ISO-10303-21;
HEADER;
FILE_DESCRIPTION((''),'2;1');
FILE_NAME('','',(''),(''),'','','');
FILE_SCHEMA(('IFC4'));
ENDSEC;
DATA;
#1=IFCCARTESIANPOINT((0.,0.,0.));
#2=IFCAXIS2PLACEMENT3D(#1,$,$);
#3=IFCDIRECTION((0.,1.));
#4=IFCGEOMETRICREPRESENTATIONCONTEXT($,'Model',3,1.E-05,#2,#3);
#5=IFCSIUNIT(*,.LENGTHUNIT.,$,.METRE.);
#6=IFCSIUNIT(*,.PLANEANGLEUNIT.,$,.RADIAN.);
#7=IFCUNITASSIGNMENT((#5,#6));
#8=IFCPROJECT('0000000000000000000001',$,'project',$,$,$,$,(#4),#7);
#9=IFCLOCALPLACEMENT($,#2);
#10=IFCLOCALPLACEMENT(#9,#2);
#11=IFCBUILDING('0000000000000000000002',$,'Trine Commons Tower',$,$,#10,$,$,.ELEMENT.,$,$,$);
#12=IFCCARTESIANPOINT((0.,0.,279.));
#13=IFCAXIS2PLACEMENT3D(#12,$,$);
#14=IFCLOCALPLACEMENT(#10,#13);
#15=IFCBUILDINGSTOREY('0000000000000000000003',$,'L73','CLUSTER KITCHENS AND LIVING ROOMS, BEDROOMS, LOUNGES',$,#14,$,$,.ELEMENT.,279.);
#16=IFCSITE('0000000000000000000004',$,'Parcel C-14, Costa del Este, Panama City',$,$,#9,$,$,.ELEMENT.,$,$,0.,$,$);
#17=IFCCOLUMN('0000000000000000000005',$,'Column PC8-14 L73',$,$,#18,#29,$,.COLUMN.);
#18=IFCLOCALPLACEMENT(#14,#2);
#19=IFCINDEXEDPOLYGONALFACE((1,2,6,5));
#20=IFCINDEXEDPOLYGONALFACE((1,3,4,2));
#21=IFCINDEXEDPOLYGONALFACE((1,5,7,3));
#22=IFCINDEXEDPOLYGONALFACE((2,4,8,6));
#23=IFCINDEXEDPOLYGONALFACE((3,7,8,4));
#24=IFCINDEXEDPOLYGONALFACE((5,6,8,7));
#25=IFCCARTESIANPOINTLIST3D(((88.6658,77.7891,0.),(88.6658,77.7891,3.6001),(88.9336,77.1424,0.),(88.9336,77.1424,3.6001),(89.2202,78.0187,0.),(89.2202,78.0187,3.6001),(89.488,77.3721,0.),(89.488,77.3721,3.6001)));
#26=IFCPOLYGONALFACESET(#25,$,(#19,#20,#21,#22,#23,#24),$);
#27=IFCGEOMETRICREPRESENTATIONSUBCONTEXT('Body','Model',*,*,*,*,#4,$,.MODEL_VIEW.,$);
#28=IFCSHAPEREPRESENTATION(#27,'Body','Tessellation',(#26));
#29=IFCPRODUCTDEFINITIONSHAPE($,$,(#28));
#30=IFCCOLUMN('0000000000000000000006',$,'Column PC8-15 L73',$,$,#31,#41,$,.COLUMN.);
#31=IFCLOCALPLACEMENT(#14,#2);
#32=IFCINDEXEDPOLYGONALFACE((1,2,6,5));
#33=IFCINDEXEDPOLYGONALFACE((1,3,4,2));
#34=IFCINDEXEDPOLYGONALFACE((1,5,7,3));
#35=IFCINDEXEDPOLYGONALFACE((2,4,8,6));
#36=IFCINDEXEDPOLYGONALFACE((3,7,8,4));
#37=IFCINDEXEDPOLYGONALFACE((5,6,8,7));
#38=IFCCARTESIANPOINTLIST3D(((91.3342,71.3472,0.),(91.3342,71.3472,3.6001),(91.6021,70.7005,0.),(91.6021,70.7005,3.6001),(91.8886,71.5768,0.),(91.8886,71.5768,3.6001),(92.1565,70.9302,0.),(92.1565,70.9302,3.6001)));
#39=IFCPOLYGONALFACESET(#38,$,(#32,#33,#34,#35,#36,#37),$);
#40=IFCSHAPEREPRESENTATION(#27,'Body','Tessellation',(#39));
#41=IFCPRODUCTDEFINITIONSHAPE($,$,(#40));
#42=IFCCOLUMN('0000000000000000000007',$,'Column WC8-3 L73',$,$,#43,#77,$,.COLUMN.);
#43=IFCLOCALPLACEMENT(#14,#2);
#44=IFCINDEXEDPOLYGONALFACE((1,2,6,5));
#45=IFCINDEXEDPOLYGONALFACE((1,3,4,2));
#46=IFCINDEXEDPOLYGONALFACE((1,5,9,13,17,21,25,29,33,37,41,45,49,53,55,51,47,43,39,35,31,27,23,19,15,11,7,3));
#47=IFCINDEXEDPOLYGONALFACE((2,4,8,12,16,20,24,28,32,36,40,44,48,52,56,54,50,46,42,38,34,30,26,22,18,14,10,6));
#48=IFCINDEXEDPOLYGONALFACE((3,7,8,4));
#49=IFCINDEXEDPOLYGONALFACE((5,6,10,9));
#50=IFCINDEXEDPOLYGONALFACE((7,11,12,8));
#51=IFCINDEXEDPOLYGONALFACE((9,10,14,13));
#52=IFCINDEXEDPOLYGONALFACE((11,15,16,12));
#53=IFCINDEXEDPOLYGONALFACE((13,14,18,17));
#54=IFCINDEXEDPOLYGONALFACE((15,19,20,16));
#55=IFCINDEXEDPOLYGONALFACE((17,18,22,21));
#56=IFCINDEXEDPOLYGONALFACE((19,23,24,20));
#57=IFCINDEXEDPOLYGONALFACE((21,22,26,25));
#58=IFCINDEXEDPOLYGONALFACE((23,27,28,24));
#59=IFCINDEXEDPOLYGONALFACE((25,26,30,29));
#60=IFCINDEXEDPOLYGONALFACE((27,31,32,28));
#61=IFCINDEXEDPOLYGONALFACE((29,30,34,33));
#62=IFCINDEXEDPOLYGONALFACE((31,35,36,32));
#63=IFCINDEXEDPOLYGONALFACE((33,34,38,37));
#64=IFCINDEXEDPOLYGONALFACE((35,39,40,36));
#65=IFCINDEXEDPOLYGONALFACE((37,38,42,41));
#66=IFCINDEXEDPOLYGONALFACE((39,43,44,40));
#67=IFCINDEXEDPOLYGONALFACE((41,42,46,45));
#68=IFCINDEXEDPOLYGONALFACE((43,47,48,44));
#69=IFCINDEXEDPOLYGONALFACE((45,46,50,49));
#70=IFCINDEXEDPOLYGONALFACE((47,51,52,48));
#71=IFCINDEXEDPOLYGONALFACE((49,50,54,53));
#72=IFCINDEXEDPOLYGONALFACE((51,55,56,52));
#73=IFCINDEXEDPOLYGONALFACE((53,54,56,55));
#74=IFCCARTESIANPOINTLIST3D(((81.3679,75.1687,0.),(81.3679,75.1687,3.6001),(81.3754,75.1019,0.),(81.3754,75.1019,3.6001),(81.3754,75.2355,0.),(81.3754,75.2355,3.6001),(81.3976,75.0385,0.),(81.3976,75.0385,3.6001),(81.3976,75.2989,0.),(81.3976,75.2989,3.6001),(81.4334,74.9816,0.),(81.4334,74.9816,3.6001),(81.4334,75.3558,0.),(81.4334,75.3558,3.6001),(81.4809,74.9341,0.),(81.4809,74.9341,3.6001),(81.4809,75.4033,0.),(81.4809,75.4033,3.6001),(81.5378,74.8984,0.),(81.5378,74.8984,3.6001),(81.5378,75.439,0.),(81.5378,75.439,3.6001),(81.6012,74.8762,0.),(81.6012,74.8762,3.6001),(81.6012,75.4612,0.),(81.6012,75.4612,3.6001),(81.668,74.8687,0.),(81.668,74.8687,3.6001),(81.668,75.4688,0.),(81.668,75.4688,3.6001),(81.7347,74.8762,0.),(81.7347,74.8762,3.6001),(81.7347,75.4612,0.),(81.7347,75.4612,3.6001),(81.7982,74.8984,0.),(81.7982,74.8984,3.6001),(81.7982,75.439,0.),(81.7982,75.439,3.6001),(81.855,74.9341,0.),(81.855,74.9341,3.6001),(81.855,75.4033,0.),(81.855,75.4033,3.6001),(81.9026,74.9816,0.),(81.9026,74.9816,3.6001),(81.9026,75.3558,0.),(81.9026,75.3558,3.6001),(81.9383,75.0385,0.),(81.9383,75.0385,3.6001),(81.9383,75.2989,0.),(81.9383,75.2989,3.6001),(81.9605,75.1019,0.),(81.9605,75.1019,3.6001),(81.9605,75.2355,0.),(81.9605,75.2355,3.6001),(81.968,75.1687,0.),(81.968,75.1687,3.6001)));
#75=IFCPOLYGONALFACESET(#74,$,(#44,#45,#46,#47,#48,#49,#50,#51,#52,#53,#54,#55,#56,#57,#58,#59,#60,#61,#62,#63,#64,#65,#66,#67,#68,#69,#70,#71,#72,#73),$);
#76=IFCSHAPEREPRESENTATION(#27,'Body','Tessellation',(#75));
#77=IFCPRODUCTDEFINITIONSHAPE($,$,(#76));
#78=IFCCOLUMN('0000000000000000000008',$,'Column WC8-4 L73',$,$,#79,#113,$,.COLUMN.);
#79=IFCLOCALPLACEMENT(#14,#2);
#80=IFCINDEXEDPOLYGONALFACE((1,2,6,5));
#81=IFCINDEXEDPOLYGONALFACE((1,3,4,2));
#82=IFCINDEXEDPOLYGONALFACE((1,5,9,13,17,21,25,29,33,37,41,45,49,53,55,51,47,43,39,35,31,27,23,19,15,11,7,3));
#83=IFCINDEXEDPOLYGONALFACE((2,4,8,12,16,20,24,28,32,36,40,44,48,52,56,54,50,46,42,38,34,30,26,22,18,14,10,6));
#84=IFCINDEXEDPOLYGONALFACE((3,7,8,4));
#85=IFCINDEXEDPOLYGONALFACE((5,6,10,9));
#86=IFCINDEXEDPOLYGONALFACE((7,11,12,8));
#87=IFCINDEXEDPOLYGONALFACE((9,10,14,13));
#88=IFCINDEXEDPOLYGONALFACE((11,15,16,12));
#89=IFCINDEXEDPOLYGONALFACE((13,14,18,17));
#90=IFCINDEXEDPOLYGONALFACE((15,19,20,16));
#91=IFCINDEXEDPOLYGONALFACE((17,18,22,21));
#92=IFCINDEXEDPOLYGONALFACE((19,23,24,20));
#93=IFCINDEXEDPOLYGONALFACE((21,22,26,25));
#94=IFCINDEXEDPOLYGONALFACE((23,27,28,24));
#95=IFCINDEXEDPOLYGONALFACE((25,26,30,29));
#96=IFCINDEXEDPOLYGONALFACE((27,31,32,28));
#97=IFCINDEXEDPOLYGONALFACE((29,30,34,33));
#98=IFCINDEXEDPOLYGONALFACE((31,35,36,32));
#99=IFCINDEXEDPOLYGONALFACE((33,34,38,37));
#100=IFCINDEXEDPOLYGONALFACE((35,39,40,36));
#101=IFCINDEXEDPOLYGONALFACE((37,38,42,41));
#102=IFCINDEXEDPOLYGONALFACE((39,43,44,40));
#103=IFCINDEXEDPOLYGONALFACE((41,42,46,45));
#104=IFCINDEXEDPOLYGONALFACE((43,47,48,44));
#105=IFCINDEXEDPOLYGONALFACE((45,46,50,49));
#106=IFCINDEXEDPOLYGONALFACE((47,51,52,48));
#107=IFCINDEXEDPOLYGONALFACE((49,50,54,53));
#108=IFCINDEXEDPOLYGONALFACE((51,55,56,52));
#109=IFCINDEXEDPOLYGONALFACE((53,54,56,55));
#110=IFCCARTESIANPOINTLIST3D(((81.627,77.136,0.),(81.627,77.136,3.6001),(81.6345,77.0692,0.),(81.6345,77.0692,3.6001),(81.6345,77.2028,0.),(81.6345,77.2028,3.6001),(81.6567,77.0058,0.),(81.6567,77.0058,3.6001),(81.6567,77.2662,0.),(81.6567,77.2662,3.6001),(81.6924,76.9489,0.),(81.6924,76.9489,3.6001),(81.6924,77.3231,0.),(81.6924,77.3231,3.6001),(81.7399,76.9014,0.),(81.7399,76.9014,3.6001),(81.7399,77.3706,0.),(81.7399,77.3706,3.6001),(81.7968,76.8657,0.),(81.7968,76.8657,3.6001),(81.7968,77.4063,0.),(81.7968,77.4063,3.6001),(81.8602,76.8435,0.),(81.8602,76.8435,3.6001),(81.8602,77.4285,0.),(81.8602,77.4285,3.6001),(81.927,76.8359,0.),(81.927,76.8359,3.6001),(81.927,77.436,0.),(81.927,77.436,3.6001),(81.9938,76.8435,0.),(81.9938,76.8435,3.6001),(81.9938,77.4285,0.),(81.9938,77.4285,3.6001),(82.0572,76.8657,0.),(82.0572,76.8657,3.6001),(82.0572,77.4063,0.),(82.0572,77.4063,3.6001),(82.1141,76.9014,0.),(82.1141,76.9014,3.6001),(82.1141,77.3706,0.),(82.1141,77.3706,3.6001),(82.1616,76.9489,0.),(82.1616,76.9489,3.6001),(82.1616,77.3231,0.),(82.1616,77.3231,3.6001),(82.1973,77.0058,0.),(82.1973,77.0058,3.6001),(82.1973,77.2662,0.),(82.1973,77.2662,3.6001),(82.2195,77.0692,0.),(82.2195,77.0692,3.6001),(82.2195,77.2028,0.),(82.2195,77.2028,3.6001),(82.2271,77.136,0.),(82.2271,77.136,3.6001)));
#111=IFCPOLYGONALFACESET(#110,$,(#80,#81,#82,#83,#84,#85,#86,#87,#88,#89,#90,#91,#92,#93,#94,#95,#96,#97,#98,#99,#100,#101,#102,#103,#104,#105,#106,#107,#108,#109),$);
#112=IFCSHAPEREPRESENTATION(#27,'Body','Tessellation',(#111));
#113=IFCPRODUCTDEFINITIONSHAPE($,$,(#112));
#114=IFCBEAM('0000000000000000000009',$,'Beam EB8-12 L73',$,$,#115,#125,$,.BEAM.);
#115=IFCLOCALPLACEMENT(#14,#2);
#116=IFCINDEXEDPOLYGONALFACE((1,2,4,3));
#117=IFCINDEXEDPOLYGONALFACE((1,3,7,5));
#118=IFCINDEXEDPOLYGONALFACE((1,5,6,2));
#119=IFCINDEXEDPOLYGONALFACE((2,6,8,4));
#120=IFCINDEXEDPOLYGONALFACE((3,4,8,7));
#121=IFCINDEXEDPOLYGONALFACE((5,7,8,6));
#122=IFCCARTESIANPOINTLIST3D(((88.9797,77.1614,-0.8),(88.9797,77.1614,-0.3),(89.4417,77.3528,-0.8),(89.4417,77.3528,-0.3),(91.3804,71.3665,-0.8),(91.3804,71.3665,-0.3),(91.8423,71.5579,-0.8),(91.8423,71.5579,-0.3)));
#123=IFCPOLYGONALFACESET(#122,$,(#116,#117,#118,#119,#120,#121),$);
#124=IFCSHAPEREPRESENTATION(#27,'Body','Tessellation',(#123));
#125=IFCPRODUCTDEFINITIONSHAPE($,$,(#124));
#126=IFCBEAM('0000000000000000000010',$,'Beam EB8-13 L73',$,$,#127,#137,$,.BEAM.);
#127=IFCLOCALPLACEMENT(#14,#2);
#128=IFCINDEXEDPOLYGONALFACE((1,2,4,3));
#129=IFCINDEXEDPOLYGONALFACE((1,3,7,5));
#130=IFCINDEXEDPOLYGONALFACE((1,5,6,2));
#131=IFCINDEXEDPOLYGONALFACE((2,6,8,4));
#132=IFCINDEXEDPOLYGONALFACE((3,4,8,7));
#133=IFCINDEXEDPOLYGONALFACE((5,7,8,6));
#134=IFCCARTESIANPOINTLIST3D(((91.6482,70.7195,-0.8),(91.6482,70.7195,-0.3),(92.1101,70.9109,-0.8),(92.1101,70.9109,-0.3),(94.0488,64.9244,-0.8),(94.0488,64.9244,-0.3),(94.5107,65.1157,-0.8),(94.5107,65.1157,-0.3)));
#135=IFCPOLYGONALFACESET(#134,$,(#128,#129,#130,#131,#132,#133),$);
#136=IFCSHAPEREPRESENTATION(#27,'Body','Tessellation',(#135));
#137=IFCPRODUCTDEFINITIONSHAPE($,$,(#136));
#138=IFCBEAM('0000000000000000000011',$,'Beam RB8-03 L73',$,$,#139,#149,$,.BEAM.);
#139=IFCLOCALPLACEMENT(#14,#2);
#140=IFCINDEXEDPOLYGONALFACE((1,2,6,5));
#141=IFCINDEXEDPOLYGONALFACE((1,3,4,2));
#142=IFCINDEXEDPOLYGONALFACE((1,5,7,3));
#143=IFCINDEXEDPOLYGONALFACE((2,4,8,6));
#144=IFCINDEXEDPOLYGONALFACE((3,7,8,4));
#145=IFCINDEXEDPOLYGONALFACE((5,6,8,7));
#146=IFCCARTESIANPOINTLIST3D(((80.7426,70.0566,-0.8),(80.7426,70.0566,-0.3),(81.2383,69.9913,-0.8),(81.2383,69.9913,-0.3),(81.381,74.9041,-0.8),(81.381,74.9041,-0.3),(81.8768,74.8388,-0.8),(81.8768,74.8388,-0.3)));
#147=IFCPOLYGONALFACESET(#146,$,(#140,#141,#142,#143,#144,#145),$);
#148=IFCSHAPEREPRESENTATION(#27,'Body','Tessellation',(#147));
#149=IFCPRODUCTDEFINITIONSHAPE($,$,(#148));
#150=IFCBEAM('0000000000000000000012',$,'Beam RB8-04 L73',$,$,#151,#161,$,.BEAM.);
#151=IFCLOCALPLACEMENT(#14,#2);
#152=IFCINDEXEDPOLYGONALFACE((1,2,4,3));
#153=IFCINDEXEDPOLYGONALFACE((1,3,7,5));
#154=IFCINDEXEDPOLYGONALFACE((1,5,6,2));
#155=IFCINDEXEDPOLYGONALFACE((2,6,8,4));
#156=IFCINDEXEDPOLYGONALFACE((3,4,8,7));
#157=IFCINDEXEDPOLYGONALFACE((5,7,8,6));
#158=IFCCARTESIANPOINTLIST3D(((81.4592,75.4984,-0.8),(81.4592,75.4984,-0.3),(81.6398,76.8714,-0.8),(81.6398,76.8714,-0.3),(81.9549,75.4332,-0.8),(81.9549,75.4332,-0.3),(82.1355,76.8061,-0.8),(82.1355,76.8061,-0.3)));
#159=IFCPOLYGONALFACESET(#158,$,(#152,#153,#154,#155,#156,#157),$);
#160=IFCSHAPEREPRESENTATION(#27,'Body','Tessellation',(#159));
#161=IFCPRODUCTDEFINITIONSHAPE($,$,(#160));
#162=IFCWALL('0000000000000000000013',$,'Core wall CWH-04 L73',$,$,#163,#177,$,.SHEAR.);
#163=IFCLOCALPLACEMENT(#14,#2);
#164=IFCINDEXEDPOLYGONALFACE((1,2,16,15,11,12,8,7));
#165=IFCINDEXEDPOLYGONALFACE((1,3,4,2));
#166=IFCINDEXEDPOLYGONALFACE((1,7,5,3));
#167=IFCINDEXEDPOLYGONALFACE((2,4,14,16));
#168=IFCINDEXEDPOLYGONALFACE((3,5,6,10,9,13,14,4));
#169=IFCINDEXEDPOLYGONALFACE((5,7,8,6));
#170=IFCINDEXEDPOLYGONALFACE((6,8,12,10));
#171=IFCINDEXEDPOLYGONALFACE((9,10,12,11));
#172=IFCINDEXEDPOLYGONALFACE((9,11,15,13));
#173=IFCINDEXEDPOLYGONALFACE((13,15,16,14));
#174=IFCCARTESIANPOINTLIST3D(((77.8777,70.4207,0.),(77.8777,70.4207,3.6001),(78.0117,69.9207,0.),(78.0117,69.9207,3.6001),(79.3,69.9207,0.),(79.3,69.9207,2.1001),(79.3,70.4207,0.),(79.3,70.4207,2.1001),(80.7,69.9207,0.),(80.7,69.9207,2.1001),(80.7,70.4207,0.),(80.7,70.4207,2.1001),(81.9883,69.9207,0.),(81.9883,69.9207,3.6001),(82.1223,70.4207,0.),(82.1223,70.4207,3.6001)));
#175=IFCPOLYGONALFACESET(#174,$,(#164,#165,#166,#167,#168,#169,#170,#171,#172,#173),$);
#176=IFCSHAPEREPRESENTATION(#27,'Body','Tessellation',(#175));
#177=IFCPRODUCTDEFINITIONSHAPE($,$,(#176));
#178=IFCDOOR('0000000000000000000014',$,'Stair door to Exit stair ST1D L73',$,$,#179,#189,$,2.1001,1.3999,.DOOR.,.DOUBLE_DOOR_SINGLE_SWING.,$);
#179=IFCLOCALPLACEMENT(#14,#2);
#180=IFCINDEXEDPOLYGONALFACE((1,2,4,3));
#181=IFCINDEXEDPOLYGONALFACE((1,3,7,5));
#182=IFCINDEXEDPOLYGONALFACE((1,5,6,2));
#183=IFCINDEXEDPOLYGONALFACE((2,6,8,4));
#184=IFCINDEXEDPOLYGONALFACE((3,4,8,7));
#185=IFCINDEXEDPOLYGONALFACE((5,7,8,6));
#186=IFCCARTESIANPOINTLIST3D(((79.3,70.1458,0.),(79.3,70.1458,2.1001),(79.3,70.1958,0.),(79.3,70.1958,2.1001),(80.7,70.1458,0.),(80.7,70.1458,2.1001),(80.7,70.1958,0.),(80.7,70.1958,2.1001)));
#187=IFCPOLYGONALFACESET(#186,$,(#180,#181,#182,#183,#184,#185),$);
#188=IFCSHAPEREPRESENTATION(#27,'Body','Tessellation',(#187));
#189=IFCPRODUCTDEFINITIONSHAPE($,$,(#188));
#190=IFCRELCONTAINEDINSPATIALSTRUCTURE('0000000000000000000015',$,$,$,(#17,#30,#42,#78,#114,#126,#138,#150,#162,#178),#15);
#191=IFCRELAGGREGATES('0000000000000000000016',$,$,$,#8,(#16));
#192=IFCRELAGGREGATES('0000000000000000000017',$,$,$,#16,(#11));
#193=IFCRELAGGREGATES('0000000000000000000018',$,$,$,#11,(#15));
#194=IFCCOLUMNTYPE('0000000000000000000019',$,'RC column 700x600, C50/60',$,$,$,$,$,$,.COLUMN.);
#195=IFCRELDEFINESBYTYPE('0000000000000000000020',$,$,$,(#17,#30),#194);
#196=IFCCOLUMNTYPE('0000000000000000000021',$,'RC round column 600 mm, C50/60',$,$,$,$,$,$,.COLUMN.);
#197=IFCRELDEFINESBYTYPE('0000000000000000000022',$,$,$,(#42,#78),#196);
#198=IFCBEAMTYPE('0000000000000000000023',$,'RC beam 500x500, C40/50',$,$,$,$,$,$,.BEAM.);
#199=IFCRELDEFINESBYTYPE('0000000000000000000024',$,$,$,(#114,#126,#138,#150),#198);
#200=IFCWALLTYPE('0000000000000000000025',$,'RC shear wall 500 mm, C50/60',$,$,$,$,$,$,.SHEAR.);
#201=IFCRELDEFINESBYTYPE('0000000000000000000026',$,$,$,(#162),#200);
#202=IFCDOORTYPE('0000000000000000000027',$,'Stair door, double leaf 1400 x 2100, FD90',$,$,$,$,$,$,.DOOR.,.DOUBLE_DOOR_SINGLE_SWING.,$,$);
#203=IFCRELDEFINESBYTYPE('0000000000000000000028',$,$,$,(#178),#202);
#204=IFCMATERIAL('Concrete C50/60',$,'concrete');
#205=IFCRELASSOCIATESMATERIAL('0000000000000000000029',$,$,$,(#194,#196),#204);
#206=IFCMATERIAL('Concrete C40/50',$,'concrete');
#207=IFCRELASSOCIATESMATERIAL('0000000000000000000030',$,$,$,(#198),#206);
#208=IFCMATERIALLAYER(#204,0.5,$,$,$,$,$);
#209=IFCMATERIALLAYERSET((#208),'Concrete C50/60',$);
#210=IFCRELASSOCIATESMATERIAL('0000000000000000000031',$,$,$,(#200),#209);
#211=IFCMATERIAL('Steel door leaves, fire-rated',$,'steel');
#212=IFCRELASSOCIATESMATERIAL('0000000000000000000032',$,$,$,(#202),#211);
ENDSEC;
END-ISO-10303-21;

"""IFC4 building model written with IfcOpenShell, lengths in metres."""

from ifc_helpers import new_model, si_unit, direction, frame, frame_2d, origin, origin_2d, place, context, subcontext, project, spatial, polyline, rectangle, circle, outline, extrude, material, layer, layer_set, material_profile, profile_set, type_object, element, fill, save


model = new_model("IFC4")

# Units and contexts
model_context = context("Model", 3, precision=1e-05, world=origin(), true_north=direction((0.0, 1.0)))
body_context = subcontext(model_context, "Body", "Model", "MODEL_VIEW")
ifc_project = project(units=[si_unit("LENGTHUNIT", "METRE"), si_unit("PLANEANGLEUNIT", "RADIAN")], contexts=[model_context])

# Site, building, storey
site_placement = place(None, origin())
site = spatial("IfcSite", under=ifc_project, at=site_placement, Name="Parcel C-14, Costa del Este, Panama City", CompositionType="ELEMENT", RefElevation=0.0)
building_placement = place(site_placement, origin())
building = spatial("IfcBuilding", under=site, at=building_placement, Name="Trine Commons Tower", CompositionType="ELEMENT")
storey_placement = place(building_placement, frame((0.0, 0.0, 279.0)))
storey = spatial("IfcBuildingStorey", under=building, at=storey_placement, Name="L73", Description="CLUSTER KITCHENS AND LIVING ROOMS, BEDROOMS, LOUNGES", CompositionType="ELEMENT", Elevation=279.0)

# Columns
ifc_material_1 = material(Name="Concrete C50/60", Category="concrete")
ifc_material_profile_1 = material_profile(ifc_material_1, rectangle(XDim=0.7, YDim=0.6001, at=origin_2d()), Name="RC 700x600")
ifc_profile_set_1 = profile_set([ifc_material_profile_1], Name="Concrete C50/60")
column_type_1 = type_object("IfcColumnType", Name="RC column 700x600, C50/60", PredefinedType="COLUMN", material=ifc_profile_set_1)
for number, where, z_axis, x_axis, name in (
    (1, (89.0769, 77.5806, 0.0), (0.0, 0.0, 1.0), (-0.382683, 0.92388, 0.0), "Column PC8-14 L73"),
    (2, (91.7454, 71.1387, 0.0), (0.0, 0.0, 1.0), (-0.382683, 0.92388, 0.0), "Column PC8-15 L73"),
):
    element("IfcColumn", number, at=place(storey_placement, frame(where, z_axis=z_axis, x_axis=x_axis)), inside=storey, type_object=column_type_1, Name=name, PredefinedType="COLUMN", context=body_context, shape_type="SweptSolid", body=[
        extrude(rectangle(XDim=0.7, YDim=0.6001, at=origin_2d()), origin(), (0.0, 0.0, 1.0), 3.6001),
    ])
ifc_material_profile_2 = material_profile(ifc_material_1, circle(Radius=0.3, at=origin_2d()), Name="RC round 600")
ifc_profile_set_2 = profile_set([ifc_material_profile_2], Name="Concrete C50/60")
column_type_2 = type_object("IfcColumnType", Name="RC round column 600 mm, C50/60", PredefinedType="COLUMN", material=ifc_profile_set_2)
for number, where, z_axis, x_axis, name in (
    (3, (81.668, 75.1687, 0.0), (0.0, 0.0, 1.0), (1.0, 0.0, 0.0), "Column WC8-3 L73"),
    (4, (81.927, 77.136, 0.0), (0.0, 0.0, 1.0), (1.0, 0.0, 0.0), "Column WC8-4 L73"),
):
    element("IfcColumn", number, at=place(storey_placement, frame(where, z_axis=z_axis, x_axis=x_axis)), inside=storey, type_object=column_type_2, Name=name, PredefinedType="COLUMN", context=body_context, shape_type="SweptSolid", body=[
        extrude(circle(Radius=0.3, at=origin_2d()), origin(), (0.0, 0.0, 1.0), 3.6001),
    ])

# Beams
ifc_material_2 = material(Name="Concrete C40/50", Category="concrete")
ifc_material_profile_3 = material_profile(ifc_material_2, rectangle(XDim=0.5, YDim=0.5, at=origin_2d()), Name="RC 500x500")
ifc_profile_set_3 = profile_set([ifc_material_profile_3], Name="Concrete C40/50")
beam_type = type_object("IfcBeamType", Name="RC beam 500x500, C40/50", PredefinedType="BEAM", material=ifc_profile_set_3)
beam_1_placement = place(storey_placement, frame((89.2107, 77.2571, -0.55), z_axis=(0.382724, -0.923863, 0.0), x_axis=(0.923863, 0.382724, 0.0)))
element("IfcBeam", 5, at=beam_1_placement, inside=storey, type_object=beam_type, Name="Beam EB8-12 L73", PredefinedType="BEAM", context=body_context, shape_type="SweptSolid", body=[
    extrude(rectangle(XDim=0.5, YDim=0.5, at=origin_2d()), origin(), (0.0, 0.0, 1.0), 6.2725),
])
beam_2_placement = place(storey_placement, frame((91.8792, 70.8152, -0.55), z_axis=(0.38271, -0.923868, 0.0), x_axis=(0.923868, 0.38271, 0.0)))
element("IfcBeam", 6, at=beam_2_placement, inside=storey, type_object=beam_type, Name="Beam EB8-13 L73", PredefinedType="BEAM", context=body_context, shape_type="SweptSolid", body=[
    extrude(rectangle(XDim=0.5, YDim=0.5, at=origin_2d()), origin(), (0.0, 0.0, 1.0), 6.2727),
])
beam_3_placement = place(storey_placement, frame((80.9905, 70.0239, -0.55), z_axis=(0.130571, 0.991439, 0.0), x_axis=(-0.991439, 0.130571, 0.0)))
element("IfcBeam", 7, at=beam_3_placement, inside=storey, type_object=beam_type, Name="Beam RB8-03 L73", PredefinedType="BEAM", context=body_context, shape_type="SweptSolid", body=[
    extrude(rectangle(XDim=0.5, YDim=0.5, at=origin_2d()), origin(), (0.0, 0.0, 1.0), 4.8894),
])
beam_4_placement = place(storey_placement, frame((81.707, 75.4658, -0.55), z_axis=(0.130455, 0.991454, 0.0), x_axis=(-0.991454, 0.130455, 0.0)))
element("IfcBeam", 8, at=beam_4_placement, inside=storey, type_object=beam_type, Name="Beam RB8-04 L73", PredefinedType="BEAM", context=body_context, shape_type="SweptSolid", body=[
    extrude(rectangle(XDim=0.5, YDim=0.5, at=origin_2d()), origin(), (0.0, 0.0, 1.0), 1.3848),
])

# Wall, opening, door
ifc_layer_1 = layer(ifc_material_1, 0.5)
ifc_layer_set_1 = layer_set([ifc_layer_1], Name="Concrete C50/60")
wall_type_1 = type_object("IfcWallType", Name="RC shear wall 500 mm, C50/60", PredefinedType="SHEAR", material=ifc_layer_set_1)
wall_1_placement = place(storey_placement, frame((82.1223, 70.1707, 0.0), z_axis=(0.0, 0.0, 1.0), x_axis=(-1.0, 0.0, 0.0)))
wall_1 = element("IfcWall", 9, at=wall_1_placement, inside=storey, type_object=wall_type_1, Name="Core wall CWH-04 L73", PredefinedType="SHEAR", context=body_context, shape_type="SweptSolid", body=[
    extrude(outline(polyline([(0.0, -0.25), (4.2446, -0.25), (4.1106, 0.25), (0.134, 0.25), (0.0, -0.25)])), origin(), (0.0, 0.0, 1.0), 3.6001),
])
opening_1_placement = place(wall_1_placement, frame((1.4224, 0.0, 0.0)))
opening_1 = element("IfcOpeningElement", 10, at=opening_1_placement, cuts=wall_1, PredefinedType="OPENING", context=body_context, shape_type="SweptSolid", body=[
    extrude(rectangle(XDim=1.3999, YDim=2.1001, at=frame_2d((0.7, 1.05))), frame((0.0, 0.26, 0.0), z_axis=(0.0, -1.0, 0.0), x_axis=(1.0, 0.0, 0.0)), (0.0, 0.0, 1.0), 0.52),
])
ifc_material_3 = material(Name="Steel door leaves, fire-rated", Category="steel")
door_type_1 = type_object("IfcDoorType", Name="Stair door, double leaf 1400 x 2100, FD90", OperationType="DOUBLE_DOOR_SINGLE_SWING", PredefinedType="DOOR", material=ifc_material_3)
door_1_placement = place(opening_1_placement, origin())
door_1 = element("IfcDoor", 11, at=door_1_placement, inside=storey, type_object=door_type_1, Name="Stair door to Exit stair ST1D L73", OperationType="DOUBLE_DOOR_SINGLE_SWING", OverallHeight=2.1001, OverallWidth=1.3999, PredefinedType="DOOR", context=body_context, shape_type="SweptSolid", body=[
    extrude(rectangle(XDim=1.3999, YDim=2.1001, at=frame_2d((0.7, 1.05))), frame((0.0, 0.0249, 0.0), z_axis=(0.0, -1.0, 0.0), x_axis=(1.0, 0.0, 0.0)), (0.0, 0.0, 1.0), 0.05),
])
fill(opening_1, door_1)

save(model, "model.ifc")
